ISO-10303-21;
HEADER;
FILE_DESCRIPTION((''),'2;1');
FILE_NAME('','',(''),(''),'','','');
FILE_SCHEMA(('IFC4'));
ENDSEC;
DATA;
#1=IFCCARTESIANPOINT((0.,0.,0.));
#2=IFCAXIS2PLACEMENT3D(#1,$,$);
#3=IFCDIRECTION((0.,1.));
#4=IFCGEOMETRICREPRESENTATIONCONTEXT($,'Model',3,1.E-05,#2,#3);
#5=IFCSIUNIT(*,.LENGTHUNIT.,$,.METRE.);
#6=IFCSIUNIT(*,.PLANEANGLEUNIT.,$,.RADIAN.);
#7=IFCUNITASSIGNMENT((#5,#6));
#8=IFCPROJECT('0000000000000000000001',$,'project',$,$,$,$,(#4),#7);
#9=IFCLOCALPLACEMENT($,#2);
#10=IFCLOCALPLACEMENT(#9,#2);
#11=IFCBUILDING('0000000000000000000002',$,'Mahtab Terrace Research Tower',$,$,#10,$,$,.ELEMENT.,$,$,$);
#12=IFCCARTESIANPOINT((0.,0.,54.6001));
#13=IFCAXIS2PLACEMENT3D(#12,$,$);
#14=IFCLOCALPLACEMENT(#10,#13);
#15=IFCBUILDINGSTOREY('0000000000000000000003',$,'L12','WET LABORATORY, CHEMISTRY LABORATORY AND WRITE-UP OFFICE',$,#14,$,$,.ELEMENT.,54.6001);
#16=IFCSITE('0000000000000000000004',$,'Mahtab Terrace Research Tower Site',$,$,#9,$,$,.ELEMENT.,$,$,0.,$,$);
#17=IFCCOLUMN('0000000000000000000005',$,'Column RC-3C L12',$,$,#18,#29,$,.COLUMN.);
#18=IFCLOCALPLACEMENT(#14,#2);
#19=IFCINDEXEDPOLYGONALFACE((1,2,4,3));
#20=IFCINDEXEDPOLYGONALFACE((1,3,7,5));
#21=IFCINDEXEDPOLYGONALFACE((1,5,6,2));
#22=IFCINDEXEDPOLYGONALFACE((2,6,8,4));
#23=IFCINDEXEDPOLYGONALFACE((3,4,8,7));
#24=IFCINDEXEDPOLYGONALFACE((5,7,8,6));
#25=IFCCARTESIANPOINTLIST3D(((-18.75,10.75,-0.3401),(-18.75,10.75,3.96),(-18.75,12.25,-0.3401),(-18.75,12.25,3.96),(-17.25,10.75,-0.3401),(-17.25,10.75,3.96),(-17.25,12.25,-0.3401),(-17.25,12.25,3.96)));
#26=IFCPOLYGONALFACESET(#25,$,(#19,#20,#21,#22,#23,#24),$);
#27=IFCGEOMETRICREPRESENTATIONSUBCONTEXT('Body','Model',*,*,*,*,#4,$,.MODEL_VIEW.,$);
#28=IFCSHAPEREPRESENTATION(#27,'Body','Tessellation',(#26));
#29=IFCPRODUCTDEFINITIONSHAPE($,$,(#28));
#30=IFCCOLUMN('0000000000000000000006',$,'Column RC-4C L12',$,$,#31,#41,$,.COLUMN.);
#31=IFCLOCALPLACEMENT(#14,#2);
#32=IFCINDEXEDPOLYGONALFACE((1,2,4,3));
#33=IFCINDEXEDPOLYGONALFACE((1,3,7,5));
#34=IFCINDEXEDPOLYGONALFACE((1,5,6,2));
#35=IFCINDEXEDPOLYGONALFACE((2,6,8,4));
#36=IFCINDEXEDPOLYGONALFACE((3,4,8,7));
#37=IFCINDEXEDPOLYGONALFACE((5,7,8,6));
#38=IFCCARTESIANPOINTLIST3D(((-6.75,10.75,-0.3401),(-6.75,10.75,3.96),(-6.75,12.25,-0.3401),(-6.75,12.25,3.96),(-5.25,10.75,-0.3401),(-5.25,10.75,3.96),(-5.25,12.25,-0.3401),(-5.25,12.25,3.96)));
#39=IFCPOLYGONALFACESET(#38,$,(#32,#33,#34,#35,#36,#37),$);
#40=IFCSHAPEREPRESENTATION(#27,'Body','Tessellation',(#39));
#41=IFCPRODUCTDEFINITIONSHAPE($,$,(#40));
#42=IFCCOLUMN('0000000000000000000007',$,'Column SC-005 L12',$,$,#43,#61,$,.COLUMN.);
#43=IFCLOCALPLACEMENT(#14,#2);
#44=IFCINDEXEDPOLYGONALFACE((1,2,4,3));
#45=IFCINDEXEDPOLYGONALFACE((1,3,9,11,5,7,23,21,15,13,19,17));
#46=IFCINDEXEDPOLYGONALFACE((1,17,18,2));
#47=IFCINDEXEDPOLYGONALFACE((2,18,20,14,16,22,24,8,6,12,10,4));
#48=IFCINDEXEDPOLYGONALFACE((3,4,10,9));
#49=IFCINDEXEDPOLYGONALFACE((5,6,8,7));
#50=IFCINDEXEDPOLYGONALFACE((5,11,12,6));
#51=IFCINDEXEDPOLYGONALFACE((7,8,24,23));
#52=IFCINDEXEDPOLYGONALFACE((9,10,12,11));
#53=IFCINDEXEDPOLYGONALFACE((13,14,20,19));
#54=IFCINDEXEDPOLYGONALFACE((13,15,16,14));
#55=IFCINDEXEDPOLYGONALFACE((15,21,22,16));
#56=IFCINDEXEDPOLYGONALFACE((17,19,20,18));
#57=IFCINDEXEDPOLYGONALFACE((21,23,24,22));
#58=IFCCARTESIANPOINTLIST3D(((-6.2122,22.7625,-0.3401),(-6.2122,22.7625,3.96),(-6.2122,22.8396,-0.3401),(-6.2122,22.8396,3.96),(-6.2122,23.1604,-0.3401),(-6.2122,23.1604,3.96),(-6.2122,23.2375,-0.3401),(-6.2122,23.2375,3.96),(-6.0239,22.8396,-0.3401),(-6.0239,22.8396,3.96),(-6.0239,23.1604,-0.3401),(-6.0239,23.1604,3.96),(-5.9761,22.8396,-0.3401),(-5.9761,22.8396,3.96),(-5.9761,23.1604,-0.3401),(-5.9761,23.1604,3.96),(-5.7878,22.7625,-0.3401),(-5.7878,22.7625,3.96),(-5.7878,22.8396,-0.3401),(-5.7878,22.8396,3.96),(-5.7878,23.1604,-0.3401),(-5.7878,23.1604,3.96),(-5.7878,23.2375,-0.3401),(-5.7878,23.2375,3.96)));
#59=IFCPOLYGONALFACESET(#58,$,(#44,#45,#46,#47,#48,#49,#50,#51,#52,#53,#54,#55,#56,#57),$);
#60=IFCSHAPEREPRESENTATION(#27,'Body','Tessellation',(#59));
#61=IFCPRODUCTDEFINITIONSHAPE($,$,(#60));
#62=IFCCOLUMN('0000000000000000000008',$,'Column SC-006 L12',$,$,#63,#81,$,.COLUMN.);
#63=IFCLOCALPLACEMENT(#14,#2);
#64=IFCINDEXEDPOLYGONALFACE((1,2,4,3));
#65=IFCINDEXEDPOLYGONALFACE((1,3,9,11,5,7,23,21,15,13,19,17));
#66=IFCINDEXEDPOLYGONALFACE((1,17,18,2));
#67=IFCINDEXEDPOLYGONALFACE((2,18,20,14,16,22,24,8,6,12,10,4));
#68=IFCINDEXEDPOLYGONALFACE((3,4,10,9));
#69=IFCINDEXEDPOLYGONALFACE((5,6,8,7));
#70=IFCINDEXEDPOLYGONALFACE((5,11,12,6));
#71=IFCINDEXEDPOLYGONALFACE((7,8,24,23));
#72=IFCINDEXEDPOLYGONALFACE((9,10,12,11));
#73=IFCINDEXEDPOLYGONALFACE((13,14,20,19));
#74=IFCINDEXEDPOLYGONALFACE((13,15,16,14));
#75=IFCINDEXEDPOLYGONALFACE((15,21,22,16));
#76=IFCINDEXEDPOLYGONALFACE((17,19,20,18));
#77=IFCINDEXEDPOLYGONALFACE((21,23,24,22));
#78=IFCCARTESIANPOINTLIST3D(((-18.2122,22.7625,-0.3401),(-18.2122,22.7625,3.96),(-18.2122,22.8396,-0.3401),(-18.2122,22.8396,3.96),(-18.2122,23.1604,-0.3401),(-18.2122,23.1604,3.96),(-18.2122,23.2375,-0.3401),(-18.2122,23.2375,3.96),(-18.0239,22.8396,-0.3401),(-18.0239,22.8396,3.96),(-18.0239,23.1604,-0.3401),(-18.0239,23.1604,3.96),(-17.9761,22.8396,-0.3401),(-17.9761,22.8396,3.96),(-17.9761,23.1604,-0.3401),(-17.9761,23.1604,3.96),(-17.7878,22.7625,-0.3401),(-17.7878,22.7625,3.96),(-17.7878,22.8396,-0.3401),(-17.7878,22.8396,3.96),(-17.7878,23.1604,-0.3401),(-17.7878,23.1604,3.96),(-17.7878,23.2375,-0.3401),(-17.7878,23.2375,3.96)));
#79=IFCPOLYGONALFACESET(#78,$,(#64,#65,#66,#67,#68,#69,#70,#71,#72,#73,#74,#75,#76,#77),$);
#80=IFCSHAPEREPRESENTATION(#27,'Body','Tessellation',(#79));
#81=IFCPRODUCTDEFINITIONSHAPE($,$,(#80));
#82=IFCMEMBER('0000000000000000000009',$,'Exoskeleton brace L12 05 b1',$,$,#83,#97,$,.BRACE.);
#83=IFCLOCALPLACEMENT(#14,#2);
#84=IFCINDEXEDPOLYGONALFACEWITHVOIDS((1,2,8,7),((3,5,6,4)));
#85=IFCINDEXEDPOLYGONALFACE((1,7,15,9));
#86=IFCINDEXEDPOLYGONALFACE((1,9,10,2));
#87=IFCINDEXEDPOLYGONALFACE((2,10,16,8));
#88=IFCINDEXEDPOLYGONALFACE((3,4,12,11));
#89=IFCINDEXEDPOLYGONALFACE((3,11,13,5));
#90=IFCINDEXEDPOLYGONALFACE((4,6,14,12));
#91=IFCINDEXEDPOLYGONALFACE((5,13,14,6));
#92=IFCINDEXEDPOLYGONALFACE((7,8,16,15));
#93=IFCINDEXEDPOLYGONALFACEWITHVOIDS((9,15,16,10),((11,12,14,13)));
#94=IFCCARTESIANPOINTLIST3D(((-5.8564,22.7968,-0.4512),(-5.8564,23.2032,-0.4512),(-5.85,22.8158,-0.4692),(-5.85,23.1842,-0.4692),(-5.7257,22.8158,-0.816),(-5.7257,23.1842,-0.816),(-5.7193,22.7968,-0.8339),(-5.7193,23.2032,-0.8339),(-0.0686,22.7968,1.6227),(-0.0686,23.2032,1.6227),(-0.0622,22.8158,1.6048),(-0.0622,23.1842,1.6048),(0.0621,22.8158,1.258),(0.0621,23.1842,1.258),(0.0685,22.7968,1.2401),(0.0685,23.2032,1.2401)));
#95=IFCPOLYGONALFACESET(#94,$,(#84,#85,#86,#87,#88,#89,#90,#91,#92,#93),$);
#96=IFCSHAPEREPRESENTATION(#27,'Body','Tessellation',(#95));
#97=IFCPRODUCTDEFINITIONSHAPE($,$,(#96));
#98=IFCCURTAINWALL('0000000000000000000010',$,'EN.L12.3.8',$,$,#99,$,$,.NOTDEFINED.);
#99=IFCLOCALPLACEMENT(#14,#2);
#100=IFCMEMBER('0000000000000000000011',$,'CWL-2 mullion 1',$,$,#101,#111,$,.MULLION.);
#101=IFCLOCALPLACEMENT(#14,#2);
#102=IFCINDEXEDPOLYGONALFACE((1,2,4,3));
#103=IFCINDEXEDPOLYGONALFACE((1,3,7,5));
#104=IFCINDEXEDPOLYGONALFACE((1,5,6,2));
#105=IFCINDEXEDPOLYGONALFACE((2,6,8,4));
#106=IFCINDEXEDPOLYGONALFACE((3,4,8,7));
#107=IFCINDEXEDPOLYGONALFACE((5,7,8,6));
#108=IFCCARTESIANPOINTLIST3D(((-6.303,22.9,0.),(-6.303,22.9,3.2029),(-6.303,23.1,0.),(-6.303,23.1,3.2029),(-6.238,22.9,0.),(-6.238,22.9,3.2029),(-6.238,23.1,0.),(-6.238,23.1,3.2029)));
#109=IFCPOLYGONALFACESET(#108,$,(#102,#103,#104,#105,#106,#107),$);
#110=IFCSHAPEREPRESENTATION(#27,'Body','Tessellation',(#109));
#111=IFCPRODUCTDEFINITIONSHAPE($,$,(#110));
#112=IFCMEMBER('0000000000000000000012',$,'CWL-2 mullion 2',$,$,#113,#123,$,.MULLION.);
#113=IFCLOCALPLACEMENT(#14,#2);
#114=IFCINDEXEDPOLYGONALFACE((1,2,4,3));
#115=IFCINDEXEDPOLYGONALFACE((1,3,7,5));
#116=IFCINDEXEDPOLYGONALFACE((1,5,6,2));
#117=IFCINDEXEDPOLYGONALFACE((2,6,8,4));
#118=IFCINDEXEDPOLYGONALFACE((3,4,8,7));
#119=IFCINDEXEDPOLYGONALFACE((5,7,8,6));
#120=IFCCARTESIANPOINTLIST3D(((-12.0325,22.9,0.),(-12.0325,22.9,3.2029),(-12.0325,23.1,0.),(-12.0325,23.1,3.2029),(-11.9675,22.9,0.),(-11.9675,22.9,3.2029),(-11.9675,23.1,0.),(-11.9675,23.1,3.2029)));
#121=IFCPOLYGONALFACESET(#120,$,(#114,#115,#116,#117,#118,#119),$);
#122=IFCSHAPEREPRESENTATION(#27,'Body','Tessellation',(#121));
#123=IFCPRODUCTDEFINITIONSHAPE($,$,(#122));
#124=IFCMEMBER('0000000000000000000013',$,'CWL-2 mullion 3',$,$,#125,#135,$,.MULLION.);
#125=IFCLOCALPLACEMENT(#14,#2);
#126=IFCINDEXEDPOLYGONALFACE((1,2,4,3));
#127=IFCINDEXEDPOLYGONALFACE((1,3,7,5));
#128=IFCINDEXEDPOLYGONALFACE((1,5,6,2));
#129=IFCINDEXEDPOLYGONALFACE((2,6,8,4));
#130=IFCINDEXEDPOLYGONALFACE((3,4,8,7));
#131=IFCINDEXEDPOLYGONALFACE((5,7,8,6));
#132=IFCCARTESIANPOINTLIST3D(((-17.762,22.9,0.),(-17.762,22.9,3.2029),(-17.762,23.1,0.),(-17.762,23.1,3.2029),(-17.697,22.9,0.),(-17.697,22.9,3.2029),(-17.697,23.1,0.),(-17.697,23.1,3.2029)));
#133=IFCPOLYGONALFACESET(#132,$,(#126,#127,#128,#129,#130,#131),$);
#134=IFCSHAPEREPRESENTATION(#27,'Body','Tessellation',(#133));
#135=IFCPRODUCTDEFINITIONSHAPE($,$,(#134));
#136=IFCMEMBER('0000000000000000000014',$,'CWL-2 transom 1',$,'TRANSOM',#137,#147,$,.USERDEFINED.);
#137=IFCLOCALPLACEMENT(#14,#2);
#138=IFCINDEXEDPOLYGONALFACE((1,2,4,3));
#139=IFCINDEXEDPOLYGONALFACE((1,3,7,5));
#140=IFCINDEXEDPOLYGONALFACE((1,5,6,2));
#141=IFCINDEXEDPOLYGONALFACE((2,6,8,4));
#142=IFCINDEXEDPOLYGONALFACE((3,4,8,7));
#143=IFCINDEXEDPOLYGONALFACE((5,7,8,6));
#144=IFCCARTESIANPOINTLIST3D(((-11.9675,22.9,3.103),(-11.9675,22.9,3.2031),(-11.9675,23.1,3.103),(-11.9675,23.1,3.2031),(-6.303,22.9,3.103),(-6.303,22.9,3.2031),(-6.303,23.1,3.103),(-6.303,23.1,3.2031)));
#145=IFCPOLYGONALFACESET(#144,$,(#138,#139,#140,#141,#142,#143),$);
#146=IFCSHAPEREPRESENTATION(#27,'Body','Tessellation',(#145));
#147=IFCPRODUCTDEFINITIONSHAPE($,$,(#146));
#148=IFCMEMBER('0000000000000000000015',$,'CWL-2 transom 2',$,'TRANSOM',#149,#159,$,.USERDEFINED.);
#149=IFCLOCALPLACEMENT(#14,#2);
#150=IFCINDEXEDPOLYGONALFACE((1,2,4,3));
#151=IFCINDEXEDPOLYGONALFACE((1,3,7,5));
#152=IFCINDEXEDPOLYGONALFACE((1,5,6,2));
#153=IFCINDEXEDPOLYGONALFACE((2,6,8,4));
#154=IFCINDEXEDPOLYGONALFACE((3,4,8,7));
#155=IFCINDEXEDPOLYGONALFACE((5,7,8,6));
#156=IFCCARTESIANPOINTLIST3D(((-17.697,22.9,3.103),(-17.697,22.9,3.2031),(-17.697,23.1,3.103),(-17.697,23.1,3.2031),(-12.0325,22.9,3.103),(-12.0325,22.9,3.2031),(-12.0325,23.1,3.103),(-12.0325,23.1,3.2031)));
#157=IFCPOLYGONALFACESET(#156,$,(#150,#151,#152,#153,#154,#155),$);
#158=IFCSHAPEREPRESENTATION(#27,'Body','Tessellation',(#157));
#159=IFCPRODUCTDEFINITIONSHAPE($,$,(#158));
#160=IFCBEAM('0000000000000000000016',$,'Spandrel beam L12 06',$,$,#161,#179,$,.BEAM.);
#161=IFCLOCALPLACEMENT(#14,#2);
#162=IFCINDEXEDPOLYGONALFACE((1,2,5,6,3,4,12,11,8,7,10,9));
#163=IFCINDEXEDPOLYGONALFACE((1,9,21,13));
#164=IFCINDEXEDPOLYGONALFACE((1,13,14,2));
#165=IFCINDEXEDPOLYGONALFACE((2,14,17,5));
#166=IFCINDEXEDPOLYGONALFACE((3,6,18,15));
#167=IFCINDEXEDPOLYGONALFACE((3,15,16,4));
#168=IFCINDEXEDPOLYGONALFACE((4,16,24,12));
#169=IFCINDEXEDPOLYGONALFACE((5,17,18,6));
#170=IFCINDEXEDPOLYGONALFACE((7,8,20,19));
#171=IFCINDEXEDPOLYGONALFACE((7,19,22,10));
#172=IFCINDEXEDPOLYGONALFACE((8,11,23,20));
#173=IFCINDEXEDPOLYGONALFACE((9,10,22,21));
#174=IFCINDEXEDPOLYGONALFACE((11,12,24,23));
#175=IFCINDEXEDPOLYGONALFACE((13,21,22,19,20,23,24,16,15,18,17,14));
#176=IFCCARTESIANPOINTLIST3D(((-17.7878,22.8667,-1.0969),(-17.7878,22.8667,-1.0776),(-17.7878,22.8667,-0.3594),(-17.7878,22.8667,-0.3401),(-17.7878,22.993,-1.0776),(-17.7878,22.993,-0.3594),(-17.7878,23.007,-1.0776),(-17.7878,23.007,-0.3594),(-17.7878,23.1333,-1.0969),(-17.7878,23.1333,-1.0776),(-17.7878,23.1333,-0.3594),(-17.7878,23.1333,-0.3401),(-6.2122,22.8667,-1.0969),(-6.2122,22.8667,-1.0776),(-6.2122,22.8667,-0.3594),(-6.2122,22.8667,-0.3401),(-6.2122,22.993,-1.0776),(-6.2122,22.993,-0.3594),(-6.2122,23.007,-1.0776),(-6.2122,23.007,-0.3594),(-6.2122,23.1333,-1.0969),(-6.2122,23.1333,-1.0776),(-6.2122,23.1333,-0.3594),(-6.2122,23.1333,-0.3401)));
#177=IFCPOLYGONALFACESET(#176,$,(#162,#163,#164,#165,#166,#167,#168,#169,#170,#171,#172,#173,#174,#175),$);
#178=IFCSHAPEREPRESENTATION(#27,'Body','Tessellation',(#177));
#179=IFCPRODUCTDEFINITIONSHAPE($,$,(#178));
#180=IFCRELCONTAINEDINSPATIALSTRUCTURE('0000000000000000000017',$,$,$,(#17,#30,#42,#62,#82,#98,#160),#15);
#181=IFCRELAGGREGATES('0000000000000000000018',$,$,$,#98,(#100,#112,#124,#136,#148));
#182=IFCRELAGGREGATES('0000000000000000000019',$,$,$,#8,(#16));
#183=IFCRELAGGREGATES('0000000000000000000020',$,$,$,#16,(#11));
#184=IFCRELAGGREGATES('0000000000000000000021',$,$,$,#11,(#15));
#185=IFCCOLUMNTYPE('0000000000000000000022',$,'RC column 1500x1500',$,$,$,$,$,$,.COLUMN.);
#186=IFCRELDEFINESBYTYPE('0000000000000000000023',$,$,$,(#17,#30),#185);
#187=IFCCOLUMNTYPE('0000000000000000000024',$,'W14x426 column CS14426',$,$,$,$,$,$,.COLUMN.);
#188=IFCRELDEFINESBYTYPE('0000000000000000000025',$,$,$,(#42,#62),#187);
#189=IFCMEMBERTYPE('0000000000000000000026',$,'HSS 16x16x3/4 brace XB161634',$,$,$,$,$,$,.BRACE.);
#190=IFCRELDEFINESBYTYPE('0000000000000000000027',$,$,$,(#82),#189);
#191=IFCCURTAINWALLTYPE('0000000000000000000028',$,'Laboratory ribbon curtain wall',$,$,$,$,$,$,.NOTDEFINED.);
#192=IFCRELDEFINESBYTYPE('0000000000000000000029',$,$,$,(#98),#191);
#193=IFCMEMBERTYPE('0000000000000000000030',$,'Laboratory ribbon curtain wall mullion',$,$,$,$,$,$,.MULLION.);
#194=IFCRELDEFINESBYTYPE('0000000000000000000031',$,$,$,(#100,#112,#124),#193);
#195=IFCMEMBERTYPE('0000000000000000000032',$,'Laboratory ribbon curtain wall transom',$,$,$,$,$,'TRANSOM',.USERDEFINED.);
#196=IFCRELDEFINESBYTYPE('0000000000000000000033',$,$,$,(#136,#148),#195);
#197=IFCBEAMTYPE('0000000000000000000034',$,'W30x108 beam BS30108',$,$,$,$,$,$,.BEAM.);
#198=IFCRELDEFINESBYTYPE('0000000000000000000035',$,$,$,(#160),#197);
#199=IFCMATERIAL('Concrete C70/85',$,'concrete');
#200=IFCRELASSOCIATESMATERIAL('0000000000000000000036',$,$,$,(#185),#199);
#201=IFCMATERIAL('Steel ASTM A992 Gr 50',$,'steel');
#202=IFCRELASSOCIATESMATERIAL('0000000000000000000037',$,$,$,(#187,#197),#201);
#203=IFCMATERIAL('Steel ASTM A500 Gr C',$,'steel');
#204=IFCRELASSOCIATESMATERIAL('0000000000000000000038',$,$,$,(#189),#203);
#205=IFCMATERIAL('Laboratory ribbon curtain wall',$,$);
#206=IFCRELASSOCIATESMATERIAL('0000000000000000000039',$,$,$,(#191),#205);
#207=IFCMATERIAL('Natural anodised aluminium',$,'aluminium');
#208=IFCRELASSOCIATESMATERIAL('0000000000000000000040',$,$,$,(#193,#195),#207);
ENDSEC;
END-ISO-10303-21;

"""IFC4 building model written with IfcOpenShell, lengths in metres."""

from ifc_helpers import new_model, si_unit, direction, frame, origin, origin_2d, place, context, subcontext, project, spatial, rectangle, hollow_rectangle, i_section, extrude, material, material_profile, profile_set, type_object, element, aggregate, save


model = new_model("IFC4")

# Units and contexts
model_context = context("Model", 3, precision=1e-05, world=origin(), true_north=direction((0.0, 1.0)))
body_context = subcontext(model_context, "Body", "Model", "MODEL_VIEW")
ifc_project = project(units=[si_unit("LENGTHUNIT", "METRE"), si_unit("PLANEANGLEUNIT", "RADIAN")], contexts=[model_context])

# Site, building, storey
site_placement = place(None, origin())
site = spatial("IfcSite", under=ifc_project, at=site_placement, Name="Mahtab Terrace Research Tower Site", CompositionType="ELEMENT", RefElevation=0.0)
building_placement = place(site_placement, origin())
building = spatial("IfcBuilding", under=site, at=building_placement, Name="Mahtab Terrace Research Tower", CompositionType="ELEMENT")
storey_placement = place(building_placement, frame((0.0, 0.0, 54.6001)))
storey = spatial("IfcBuildingStorey", under=building, at=storey_placement, Name="L12", Description="WET LABORATORY, CHEMISTRY LABORATORY AND WRITE-UP OFFICE", CompositionType="ELEMENT", Elevation=54.6001)

# Columns
ifc_material_1 = material(Name="Concrete C70/85", Category="concrete")
ifc_material_profile_1 = material_profile(ifc_material_1, rectangle(XDim=1.5, YDim=1.5, at=origin_2d()), Name="RC column 1500x1500")
ifc_profile_set_1 = profile_set([ifc_material_profile_1], Name="Concrete C70/85")
column_type_1 = type_object("IfcColumnType", Name="RC column 1500x1500", PredefinedType="COLUMN", material=ifc_profile_set_1)
for number, where, z_axis, x_axis, name in (
    (1, (-18.0, 11.5, -0.3401), (0.0, 0.0, 1.0), (1.0, 0.0, 0.0), "Column RC-3C L12"),
    (2, (-6.0, 11.5, -0.3401), (0.0, 0.0, 1.0), (1.0, 0.0, 0.0), "Column RC-4C L12"),
):
    element("IfcColumn", number, at=place(storey_placement, frame(where, z_axis=z_axis, x_axis=x_axis)), inside=storey, type_object=column_type_1, Name=name, PredefinedType="COLUMN", context=body_context, shape_type="SweptSolid", body=[
        extrude(rectangle(XDim=1.5, YDim=1.5, at=origin_2d()), origin(), (0.0, 0.0, 1.0), 4.3),
    ])
ifc_material_2 = material(Name="Steel ASTM A992 Gr 50", Category="steel")
ifc_material_profile_2 = material_profile(ifc_material_2, i_section(OverallWidth=0.4243, OverallDepth=0.4751, WebThickness=0.0479, FlangeThickness=0.0771, at=origin_2d()), Name="W14X426")
ifc_profile_set_2 = profile_set([ifc_material_profile_2], Name="Steel ASTM A992 Gr 50")
column_type_2 = type_object("IfcColumnType", Name="W14x426 column CS14426", PredefinedType="COLUMN", material=ifc_profile_set_2)
for number, where, z_axis, x_axis, name in (
    (3, (-6.0, 23.0, -0.3401), (0.0, 0.0, 1.0), (1.0, 0.0, 0.0), "Column SC-005 L12"),
    (4, (-18.0, 23.0, -0.3401), (0.0, 0.0, 1.0), (1.0, 0.0, 0.0), "Column SC-006 L12"),
):
    element("IfcColumn", number, at=place(storey_placement, frame(where, z_axis=z_axis, x_axis=x_axis)), inside=storey, type_object=column_type_2, Name=name, PredefinedType="COLUMN", context=body_context, shape_type="SweptSolid", body=[
        extrude(i_section(OverallWidth=0.4243, OverallDepth=0.4751, WebThickness=0.0479, FlangeThickness=0.0771, at=origin_2d()), origin(), (0.0, 0.0, 1.0), 4.3),
    ])

# Member
ifc_material_3 = material(Name="Steel ASTM A500 Gr C", Category="steel")
ifc_material_profile_3 = material_profile(ifc_material_3, hollow_rectangle(XDim=0.4065, YDim=0.4065, WallThickness=0.019, at=origin_2d()), Name="HSS16X16X3/4")
ifc_profile_set_3 = profile_set([ifc_material_profile_3], Name="Steel ASTM A500 Gr C")
member_type_1 = type_object("IfcMemberType", Name="HSS 16x16x3/4 brace XB161634", PredefinedType="BRACE", material=ifc_profile_set_3)
member_1_placement = place(storey_placement, frame((-5.7878, 23.0, -0.6426), z_axis=(0.941387, 0.0, 0.33733), x_axis=(0.0, 1.0, 0.0)))
element("IfcMember", 5, at=member_1_placement, inside=storey, type_object=member_type_1, Name="Exoskeleton brace L12 05 b1", PredefinedType="BRACE", context=body_context, shape_type="SweptSolid", body=[
    extrude(hollow_rectangle(XDim=0.4065, YDim=0.4065, WallThickness=0.019, at=origin_2d()), origin(), (0.0, 0.0, 1.0), 6.1482),
])

# Curtain wall, members
ifc_material_4 = material(Name="Laboratory ribbon curtain wall")
curtain_wall_type = type_object("IfcCurtainWallType", Name="Laboratory ribbon curtain wall", PredefinedType="NOTDEFINED", material=ifc_material_4)
curtain_wall_placement = place(storey_placement, origin())
curtain_wall = element("IfcCurtainWall", 6, at=curtain_wall_placement, inside=storey, type_object=curtain_wall_type, Name="EN.L12.3.8", PredefinedType="NOTDEFINED")
ifc_material_5 = material(Name="Natural anodised aluminium", Category="aluminium")
ifc_material_profile_4 = material_profile(ifc_material_5, rectangle(XDim=0.2, YDim=0.0649, at=origin_2d()), Name="MULLION 65x200")
ifc_profile_set_4 = profile_set([ifc_material_profile_4], Name="Natural anodised aluminium")
member_type_2 = type_object("IfcMemberType", Name="Laboratory ribbon curtain wall mullion", PredefinedType="MULLION", material=ifc_profile_set_4)
member_2_placement = place(storey_placement, frame((-6.2705, 23.0, 0.0), z_axis=(0.0, 0.0, 1.0), x_axis=(0.0, -1.0, 0.0)))
member_2 = element("IfcMember", 7, at=member_2_placement, type_object=member_type_2, Name="CWL-2 mullion 1", PredefinedType="MULLION", context=body_context, shape_type="SweptSolid", body=[
    extrude(rectangle(XDim=0.2, YDim=0.0649, at=origin_2d()), origin(), (0.0, 0.0, 1.0), 3.2029),
])
member_3_placement = place(storey_placement, frame((-12.0, 23.0, 0.0), z_axis=(0.0, 0.0, 1.0), x_axis=(0.0, -1.0, 0.0)))
member_3 = element("IfcMember", 8, at=member_3_placement, type_object=member_type_2, Name="CWL-2 mullion 2", PredefinedType="MULLION", context=body_context, shape_type="SweptSolid", body=[
    extrude(rectangle(XDim=0.2, YDim=0.0649, at=origin_2d()), origin(), (0.0, 0.0, 1.0), 3.2029),
])
member_4_placement = place(storey_placement, frame((-17.7295, 23.0, 0.0), z_axis=(0.0, 0.0, 1.0), x_axis=(0.0, -1.0, 0.0)))
member_4 = element("IfcMember", 9, at=member_4_placement, type_object=member_type_2, Name="CWL-2 mullion 3", PredefinedType="MULLION", context=body_context, shape_type="SweptSolid", body=[
    extrude(rectangle(XDim=0.2, YDim=0.0649, at=origin_2d()), origin(), (0.0, 0.0, 1.0), 3.2029),
])
ifc_material_profile_5 = material_profile(ifc_material_5, rectangle(XDim=0.2, YDim=0.1001, at=origin_2d()), Name="TRANSOM 100x200")
ifc_profile_set_5 = profile_set([ifc_material_profile_5], Name="Natural anodised aluminium")
member_type_3 = type_object("IfcMemberType", Name="Laboratory ribbon curtain wall transom", ElementType="TRANSOM", PredefinedType="USERDEFINED", material=ifc_profile_set_5)
member_5_placement = place(storey_placement, frame((-6.303, 23.0, 3.1531), z_axis=(-1.0, 0.0, 0.0), x_axis=(0.0, -1.0, 0.0)))
member_5 = element("IfcMember", 10, at=member_5_placement, type_object=member_type_3, Name="CWL-2 transom 1", ObjectType="TRANSOM", PredefinedType="USERDEFINED", context=body_context, shape_type="SweptSolid", body=[
    extrude(rectangle(XDim=0.2, YDim=0.1001, at=origin_2d()), origin(), (0.0, 0.0, 1.0), 5.6646),
])
member_6_placement = place(storey_placement, frame((-12.0325, 23.0, 3.1531), z_axis=(-1.0, 0.0, 0.0), x_axis=(0.0, -1.0, 0.0)))
member_6 = element("IfcMember", 11, at=member_6_placement, type_object=member_type_3, Name="CWL-2 transom 2", ObjectType="TRANSOM", PredefinedType="USERDEFINED", context=body_context, shape_type="SweptSolid", body=[
    extrude(rectangle(XDim=0.2, YDim=0.1001, at=origin_2d()), origin(), (0.0, 0.0, 1.0), 5.6646),
])

# Beam
ifc_material_profile_6 = material_profile(ifc_material_2, i_section(OverallWidth=0.2666, OverallDepth=0.7568, WebThickness=0.0139, FlangeThickness=0.0193, at=origin_2d()), Name="W30X108")
ifc_profile_set_6 = profile_set([ifc_material_profile_6], Name="Steel ASTM A992 Gr 50")
beam_type = type_object("IfcBeamType", Name="W30x108 beam BS30108", PredefinedType="BEAM", material=ifc_profile_set_6)
beam_placement = place(storey_placement, frame((-6.2122, 23.0, -0.7185), z_axis=(-1.0, 0.0, 0.0), x_axis=(0.0, -1.0, 0.0)))
element("IfcBeam", 12, at=beam_placement, inside=storey, type_object=beam_type, Name="Spandrel beam L12 06", PredefinedType="BEAM", context=body_context, shape_type="SweptSolid", body=[
    extrude(i_section(OverallWidth=0.2666, OverallDepth=0.7568, WebThickness=0.0139, FlangeThickness=0.0193, at=origin_2d()), origin(), (0.0, 0.0, 1.0), 11.5757),
])

aggregate(curtain_wall, [member_2, member_3, member_4, member_5, member_6])

save(model, "model.ifc")
